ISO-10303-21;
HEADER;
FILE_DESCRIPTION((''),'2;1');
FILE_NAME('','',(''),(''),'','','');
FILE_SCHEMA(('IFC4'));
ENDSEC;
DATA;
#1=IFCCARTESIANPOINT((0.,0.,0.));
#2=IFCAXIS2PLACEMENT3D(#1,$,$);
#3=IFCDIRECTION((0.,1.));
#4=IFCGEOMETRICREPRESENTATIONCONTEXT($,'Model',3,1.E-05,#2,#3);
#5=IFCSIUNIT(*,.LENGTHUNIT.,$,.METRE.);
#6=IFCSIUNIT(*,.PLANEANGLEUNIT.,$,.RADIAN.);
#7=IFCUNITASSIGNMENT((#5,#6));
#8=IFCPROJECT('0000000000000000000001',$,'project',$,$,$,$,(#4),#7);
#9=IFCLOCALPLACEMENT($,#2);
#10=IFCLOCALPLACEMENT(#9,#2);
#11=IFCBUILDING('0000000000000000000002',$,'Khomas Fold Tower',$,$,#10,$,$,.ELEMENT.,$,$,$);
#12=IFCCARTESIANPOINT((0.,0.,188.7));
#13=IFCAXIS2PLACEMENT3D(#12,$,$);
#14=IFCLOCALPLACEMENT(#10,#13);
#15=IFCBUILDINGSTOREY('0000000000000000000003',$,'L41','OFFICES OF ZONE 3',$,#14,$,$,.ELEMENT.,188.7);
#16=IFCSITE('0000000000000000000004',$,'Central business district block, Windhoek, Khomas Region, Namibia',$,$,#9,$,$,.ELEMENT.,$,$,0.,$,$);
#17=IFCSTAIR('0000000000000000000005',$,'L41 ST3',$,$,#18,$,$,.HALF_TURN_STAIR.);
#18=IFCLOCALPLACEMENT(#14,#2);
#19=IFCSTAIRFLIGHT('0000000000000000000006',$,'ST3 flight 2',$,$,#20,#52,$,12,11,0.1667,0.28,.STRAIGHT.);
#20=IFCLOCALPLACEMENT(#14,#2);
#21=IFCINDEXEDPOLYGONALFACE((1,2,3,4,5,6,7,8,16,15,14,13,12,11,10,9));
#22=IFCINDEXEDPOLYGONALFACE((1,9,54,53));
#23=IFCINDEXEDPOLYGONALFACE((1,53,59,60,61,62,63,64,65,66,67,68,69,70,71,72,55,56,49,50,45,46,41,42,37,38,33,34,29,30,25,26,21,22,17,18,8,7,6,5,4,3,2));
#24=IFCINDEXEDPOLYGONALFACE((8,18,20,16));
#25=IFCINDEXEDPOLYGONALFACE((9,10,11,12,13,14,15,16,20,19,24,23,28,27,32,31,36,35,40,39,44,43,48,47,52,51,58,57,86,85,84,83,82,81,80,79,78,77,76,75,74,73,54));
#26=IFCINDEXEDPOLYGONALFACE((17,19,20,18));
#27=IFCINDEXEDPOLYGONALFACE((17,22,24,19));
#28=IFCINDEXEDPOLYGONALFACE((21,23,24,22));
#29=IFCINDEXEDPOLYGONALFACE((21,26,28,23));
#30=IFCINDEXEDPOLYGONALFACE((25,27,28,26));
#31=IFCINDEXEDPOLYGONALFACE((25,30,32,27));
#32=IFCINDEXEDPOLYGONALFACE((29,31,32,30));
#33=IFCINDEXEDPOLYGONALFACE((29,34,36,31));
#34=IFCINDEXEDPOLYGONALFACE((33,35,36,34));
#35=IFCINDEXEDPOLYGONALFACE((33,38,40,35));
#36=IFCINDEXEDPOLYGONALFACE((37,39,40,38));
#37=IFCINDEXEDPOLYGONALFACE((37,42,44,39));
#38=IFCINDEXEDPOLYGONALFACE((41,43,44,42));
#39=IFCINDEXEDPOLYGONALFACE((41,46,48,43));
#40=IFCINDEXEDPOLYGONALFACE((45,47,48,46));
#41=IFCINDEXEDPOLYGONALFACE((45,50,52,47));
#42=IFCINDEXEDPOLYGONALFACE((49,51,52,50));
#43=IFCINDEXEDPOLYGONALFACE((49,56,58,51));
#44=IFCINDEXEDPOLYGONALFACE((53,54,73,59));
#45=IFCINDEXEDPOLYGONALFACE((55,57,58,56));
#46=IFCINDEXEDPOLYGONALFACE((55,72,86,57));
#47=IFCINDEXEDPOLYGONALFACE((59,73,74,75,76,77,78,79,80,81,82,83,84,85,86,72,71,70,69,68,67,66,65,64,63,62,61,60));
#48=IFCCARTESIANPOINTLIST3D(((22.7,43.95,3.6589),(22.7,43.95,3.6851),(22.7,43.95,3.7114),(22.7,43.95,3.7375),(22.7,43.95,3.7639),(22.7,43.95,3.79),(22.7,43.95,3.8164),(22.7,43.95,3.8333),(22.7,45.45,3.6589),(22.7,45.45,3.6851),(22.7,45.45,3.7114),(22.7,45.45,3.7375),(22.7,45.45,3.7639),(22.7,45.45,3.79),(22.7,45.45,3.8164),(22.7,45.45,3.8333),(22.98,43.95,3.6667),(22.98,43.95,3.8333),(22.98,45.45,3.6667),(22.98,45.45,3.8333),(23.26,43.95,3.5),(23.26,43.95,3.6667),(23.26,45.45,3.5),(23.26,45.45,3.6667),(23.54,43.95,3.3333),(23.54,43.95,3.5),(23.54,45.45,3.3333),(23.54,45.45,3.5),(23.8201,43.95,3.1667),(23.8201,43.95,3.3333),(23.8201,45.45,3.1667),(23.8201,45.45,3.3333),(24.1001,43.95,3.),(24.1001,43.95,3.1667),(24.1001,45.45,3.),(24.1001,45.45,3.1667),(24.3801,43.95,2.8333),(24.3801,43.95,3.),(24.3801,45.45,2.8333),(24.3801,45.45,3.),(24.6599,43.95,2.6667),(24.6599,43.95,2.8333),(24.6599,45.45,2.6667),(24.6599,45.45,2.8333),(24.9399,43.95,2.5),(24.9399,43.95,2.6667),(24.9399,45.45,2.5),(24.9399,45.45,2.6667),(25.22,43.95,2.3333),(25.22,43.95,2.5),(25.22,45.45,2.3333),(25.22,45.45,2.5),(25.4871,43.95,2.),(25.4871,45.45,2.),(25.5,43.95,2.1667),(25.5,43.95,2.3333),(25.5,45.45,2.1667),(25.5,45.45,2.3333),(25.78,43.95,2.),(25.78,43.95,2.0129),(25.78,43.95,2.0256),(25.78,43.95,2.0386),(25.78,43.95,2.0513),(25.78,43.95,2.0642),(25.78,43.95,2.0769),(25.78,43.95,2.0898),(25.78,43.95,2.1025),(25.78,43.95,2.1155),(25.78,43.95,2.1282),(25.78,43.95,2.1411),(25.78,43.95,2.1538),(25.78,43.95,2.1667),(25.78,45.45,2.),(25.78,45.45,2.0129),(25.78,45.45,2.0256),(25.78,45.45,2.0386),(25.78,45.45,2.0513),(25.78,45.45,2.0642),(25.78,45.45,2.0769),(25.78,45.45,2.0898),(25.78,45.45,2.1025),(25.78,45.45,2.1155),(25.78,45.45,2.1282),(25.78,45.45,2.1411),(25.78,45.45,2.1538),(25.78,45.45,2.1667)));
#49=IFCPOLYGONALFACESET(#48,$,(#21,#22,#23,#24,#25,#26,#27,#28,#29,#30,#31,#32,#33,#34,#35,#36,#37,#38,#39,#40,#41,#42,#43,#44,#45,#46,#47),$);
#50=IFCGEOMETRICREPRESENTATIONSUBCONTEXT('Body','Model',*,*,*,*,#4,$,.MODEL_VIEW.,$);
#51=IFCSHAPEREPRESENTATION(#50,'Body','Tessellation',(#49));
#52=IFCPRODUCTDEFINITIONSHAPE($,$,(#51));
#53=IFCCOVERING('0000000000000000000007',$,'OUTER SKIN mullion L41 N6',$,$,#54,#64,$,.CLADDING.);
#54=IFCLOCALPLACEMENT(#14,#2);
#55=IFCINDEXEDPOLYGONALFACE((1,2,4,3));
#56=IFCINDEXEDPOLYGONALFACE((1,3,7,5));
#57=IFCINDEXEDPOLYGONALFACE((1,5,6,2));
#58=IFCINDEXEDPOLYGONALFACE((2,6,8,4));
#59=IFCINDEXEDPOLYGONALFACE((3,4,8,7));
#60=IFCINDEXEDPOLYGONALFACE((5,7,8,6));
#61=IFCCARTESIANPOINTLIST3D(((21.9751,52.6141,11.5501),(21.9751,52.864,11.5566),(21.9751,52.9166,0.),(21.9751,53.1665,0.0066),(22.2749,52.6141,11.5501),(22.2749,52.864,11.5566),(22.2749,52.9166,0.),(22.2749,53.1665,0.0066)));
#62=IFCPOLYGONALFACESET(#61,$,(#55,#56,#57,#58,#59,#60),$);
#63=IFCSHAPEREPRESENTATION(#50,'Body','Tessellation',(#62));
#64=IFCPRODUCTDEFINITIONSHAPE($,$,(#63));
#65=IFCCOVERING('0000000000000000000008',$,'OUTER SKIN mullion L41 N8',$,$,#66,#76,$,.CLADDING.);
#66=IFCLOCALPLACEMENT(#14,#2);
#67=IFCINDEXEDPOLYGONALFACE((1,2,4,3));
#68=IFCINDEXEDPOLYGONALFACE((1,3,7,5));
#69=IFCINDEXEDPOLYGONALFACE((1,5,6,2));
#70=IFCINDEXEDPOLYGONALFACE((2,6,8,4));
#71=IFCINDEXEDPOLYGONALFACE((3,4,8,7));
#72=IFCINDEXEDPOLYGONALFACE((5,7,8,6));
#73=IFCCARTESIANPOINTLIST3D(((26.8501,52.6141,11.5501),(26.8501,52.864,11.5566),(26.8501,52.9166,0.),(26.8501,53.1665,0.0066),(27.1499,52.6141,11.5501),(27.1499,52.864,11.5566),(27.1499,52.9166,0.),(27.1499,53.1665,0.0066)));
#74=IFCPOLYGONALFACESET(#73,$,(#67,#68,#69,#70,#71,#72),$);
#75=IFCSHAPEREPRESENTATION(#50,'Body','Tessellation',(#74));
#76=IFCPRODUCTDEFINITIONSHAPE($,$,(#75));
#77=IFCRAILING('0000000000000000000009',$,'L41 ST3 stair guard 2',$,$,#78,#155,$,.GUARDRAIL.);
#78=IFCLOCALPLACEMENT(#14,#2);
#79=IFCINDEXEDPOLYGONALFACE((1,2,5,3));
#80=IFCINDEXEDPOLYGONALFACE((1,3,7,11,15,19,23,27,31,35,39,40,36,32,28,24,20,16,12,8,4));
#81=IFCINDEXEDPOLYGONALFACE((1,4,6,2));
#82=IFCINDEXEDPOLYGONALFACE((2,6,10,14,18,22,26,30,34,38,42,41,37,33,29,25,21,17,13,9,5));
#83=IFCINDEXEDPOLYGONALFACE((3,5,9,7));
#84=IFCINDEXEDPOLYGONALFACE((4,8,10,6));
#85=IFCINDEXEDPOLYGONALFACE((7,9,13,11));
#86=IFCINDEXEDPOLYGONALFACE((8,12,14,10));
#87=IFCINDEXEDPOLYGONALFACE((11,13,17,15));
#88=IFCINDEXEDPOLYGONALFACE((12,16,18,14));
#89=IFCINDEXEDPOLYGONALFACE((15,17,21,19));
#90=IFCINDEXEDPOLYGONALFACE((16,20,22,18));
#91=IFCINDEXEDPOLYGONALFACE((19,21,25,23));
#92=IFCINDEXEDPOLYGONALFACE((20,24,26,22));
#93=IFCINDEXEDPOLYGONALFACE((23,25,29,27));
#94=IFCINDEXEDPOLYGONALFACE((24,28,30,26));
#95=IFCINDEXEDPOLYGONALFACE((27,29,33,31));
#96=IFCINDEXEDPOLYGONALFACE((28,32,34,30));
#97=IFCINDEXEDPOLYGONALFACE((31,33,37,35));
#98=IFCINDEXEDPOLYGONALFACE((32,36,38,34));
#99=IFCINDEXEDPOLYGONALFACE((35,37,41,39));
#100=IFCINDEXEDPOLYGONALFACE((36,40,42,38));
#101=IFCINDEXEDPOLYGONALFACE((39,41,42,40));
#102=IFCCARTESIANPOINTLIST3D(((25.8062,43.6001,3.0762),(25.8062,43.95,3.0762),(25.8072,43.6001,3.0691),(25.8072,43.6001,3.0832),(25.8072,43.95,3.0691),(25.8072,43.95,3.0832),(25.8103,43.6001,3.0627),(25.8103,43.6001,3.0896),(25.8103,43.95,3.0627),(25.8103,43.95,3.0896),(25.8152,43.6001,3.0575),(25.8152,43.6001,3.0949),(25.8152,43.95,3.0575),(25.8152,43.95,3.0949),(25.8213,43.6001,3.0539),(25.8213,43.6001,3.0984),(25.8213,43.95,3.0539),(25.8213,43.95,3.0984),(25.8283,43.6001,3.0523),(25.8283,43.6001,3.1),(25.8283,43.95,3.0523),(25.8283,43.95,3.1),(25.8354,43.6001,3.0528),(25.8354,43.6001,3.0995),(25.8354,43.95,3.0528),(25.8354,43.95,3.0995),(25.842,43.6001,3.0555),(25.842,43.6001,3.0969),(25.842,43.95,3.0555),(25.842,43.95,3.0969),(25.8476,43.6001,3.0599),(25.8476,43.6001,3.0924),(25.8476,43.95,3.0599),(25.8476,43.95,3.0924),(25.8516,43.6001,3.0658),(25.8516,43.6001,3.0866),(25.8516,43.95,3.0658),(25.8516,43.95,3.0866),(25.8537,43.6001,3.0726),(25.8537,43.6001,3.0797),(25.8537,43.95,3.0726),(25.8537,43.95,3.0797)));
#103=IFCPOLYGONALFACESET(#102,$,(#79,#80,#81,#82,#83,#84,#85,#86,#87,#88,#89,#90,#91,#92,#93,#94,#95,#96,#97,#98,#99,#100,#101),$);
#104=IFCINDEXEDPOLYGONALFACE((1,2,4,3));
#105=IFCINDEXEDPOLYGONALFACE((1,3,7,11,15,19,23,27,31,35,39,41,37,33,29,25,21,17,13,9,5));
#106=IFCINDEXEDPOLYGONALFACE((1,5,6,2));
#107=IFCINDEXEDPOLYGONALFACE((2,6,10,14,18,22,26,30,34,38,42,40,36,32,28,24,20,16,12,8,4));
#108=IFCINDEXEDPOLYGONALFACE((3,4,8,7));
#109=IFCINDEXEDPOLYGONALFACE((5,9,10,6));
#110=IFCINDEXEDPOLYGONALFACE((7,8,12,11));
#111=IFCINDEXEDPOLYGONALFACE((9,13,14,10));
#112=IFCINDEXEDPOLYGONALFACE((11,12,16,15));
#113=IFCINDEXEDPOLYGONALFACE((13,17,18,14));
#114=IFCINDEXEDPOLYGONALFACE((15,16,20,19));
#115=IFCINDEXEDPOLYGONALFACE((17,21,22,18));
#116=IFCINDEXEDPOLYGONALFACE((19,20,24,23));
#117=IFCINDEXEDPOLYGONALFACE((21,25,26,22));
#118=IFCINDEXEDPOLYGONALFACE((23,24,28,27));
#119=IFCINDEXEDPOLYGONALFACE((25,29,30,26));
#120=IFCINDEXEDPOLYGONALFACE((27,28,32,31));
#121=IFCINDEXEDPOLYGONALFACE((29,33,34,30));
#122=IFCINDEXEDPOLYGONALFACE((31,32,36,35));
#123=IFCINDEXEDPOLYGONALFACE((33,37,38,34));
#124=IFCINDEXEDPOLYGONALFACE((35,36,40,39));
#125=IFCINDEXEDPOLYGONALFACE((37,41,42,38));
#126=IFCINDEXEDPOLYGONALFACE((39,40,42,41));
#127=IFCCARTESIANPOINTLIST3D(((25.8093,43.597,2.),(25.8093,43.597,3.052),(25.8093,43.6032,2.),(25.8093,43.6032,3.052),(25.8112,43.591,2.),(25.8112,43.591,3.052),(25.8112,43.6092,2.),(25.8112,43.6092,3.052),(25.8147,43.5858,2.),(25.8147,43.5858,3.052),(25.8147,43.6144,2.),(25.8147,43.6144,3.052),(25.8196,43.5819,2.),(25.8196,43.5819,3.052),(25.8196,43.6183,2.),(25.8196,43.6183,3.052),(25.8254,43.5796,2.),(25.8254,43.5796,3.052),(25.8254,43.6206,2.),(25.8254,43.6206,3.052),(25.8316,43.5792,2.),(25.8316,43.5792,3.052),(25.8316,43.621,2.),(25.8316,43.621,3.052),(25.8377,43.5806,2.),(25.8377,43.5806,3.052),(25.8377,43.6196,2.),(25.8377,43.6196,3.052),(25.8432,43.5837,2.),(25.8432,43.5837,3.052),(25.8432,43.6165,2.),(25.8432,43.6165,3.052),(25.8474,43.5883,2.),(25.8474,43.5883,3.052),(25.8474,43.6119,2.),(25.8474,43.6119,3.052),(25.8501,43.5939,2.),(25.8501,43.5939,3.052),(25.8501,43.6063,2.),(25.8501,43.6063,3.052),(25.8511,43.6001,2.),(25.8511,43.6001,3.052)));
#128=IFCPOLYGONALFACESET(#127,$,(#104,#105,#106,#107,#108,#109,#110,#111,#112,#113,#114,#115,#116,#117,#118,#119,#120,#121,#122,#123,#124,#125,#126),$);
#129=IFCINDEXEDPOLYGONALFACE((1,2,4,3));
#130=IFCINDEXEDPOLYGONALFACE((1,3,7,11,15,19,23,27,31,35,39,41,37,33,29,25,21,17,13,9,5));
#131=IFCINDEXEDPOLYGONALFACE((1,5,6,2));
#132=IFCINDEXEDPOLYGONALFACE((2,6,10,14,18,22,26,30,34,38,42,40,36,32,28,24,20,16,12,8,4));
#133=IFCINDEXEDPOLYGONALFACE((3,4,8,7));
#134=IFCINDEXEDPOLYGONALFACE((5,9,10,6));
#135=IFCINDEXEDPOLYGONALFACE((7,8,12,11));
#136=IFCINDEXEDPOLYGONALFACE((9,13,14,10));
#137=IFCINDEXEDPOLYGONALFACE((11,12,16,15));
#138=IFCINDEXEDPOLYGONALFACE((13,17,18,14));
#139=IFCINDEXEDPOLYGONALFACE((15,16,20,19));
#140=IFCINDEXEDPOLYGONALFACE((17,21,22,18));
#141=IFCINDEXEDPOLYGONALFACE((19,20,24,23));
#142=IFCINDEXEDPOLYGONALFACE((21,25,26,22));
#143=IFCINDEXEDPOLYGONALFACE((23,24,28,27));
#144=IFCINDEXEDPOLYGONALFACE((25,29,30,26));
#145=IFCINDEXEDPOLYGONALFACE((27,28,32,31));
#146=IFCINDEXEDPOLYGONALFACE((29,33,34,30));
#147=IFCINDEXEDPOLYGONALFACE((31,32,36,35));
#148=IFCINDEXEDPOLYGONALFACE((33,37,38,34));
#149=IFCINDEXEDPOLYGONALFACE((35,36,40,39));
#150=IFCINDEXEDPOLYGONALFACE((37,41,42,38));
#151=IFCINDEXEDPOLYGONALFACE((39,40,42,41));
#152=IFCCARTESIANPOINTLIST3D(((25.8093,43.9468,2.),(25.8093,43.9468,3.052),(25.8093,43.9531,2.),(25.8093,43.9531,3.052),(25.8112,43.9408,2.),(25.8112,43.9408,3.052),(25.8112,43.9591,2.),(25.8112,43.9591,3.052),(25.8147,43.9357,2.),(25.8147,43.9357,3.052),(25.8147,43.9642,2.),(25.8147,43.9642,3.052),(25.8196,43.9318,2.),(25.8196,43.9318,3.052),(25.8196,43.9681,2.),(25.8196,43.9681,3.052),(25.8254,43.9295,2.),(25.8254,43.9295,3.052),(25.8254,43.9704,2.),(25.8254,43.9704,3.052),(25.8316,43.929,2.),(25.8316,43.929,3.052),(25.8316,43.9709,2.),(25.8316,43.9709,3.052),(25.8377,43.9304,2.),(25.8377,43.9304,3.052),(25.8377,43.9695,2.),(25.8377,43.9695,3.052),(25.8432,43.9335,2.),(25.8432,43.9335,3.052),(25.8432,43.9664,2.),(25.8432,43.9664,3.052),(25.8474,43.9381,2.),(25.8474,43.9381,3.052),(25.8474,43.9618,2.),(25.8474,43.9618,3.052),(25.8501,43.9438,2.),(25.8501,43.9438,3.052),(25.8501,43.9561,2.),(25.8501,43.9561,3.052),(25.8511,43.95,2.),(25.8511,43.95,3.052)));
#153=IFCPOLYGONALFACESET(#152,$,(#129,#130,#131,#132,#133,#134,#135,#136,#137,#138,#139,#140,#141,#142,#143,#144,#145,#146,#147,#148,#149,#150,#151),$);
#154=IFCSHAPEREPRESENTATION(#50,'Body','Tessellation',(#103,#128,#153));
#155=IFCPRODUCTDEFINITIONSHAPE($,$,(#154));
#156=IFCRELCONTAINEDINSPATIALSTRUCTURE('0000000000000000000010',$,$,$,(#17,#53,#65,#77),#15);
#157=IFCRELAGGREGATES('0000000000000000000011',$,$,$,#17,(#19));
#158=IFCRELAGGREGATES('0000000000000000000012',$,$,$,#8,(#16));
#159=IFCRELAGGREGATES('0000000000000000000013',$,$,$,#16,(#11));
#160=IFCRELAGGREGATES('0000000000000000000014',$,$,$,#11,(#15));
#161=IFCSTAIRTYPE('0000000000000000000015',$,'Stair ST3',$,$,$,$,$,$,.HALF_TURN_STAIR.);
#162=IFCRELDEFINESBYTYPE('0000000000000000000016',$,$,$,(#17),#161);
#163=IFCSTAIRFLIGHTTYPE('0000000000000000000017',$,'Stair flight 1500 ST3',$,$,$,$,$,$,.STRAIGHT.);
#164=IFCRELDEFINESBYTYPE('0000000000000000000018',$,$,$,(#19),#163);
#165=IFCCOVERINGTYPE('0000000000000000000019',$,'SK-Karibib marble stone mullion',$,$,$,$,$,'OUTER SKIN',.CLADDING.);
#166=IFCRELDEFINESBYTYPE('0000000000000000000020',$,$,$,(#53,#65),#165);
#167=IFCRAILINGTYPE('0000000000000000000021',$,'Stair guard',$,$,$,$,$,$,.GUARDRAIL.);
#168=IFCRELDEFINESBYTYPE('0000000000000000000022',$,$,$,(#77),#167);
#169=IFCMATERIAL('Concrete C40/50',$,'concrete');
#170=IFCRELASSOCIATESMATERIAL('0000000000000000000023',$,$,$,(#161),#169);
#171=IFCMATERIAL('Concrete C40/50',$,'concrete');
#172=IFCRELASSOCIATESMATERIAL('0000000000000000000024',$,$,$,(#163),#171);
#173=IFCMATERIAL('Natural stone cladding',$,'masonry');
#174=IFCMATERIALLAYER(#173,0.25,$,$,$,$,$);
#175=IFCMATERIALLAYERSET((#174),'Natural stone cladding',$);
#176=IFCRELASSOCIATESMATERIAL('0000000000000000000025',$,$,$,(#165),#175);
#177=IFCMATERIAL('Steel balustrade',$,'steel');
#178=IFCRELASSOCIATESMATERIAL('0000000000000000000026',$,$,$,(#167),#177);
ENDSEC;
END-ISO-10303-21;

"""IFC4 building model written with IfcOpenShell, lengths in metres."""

from ifc_helpers import new_model, si_unit, direction, frame, origin, origin_2d, place, context, subcontext, project, spatial, polyline, circle, outline, extrude, source, transform, mapped, material, layer, layer_set, type_object, element, aggregate, save


model = new_model("IFC4")

# Units and contexts
model_context = context("Model", 3, precision=1e-05, world=origin(), true_north=direction((0.0, 1.0)))
body_context = subcontext(model_context, "Body", "Model", "MODEL_VIEW")
ifc_project = project(units=[si_unit("LENGTHUNIT", "METRE"), si_unit("PLANEANGLEUNIT", "RADIAN")], contexts=[model_context])

# Site, building, storey
site_placement = place(None, origin())
site = spatial("IfcSite", under=ifc_project, at=site_placement, Name="Central business district block, Windhoek, Khomas Region, Namibia", CompositionType="ELEMENT", RefElevation=0.0)
building_placement = place(site_placement, origin())
building = spatial("IfcBuilding", under=site, at=building_placement, Name="Khomas Fold Tower", CompositionType="ELEMENT")
storey_placement = place(building_placement, frame((0.0, 0.0, 188.7)))
storey = spatial("IfcBuildingStorey", under=building, at=storey_placement, Name="L41", Description="OFFICES OF ZONE 3", CompositionType="ELEMENT", Elevation=188.7)

# Stair, stair flight
ifc_material_1 = material(Name="Concrete C40/50", Category="concrete")
stair_type = type_object("IfcStairType", Name="Stair ST3", PredefinedType="HALF_TURN_STAIR", material=ifc_material_1)
stair_placement = place(storey_placement, origin())
stair = element("IfcStair", 1, at=stair_placement, inside=storey, type_object=stair_type, Name="L41 ST3", PredefinedType="HALF_TURN_STAIR")
ifc_material_2 = material(Name="Concrete C40/50", Category="concrete")
stair_flight_type = type_object("IfcStairFlightType", Name="Stair flight 1500 ST3", PredefinedType="STRAIGHT", material=ifc_material_2)
shared_shape_1 = source(origin(), body_context, "Body", "SweptSolid", [
    extrude(outline(polyline([(0.0, 0.0), (0.0, 0.0129), (0.0, 0.0256), (0.0, 0.0386), (0.0, 0.0513), (0.0, 0.0642), (0.0, 0.0769), (0.0, 0.0898), (0.0, 0.1025), (0.0, 0.1155), (0.0, 0.1282), (0.0, 0.1411), (0.0, 0.1538), (0.0, 0.1667), (0.28, 0.1667), (0.28, 0.3333), (0.5601, 0.3333), (0.5601, 0.5), (0.8401, 0.5), (0.8401, 0.6667), (1.1201, 0.6667), (1.1201, 0.8333), (1.3999, 0.8333), (1.3999, 1.0), (1.6799, 1.0), (1.6799, 1.1667), (1.96, 1.1667), (1.96, 1.3333), (2.24, 1.3333), (2.24, 1.5), (2.52, 1.5), (2.52, 1.6667), (2.8, 1.6667), (2.8, 1.8333), (3.0801, 1.8333), (3.0801, 2.0), (3.0801, 1.9739), (3.0801, 1.9475), (3.0801, 1.9214), (3.0801, 1.895), (3.0801, 1.8689), (3.0801, 1.8425), (3.0801, 1.8164), (3.0801, 1.79), (3.0801, 1.7639), (3.0801, 1.7375), (3.0801, 1.7114), (3.0801, 1.6851), (3.0801, 1.6589), (0.293, 0.0), (0.0, 0.0)])), frame((0.0, 0.75, 0.0), z_axis=(0.0, -1.0, 0.0), x_axis=(1.0, 0.0, 0.0)), (0.0, 0.0, 1.0), 1.5),
])
stair_flight_1_placement = place(storey_placement, frame((25.78, 44.7, 2.0), z_axis=(0.0, 0.0, 1.0), x_axis=(-1.0, 0.0, 0.0)))
stair_flight_1 = element("IfcStairFlight", 2, at=stair_flight_1_placement, type_object=stair_flight_type, Name="ST3 flight 2", NumberOfRisers=12, NumberOfTreads=11, PredefinedType="STRAIGHT", RiserHeight=0.1667, TreadLength=0.28, context=body_context, shape_type="MappedRepresentation", body=[
    mapped(shared_shape_1, transform((0.0, 0.0, 0.0))),
])
aggregate(stair, [stair_flight_1])

# Coverings
ifc_material_3 = material(Name="Natural stone cladding", Category="masonry")
ifc_layer_1 = layer(ifc_material_3, 0.25)
ifc_layer_set_1 = layer_set([ifc_layer_1], Name="Natural stone cladding")
covering_type = type_object("IfcCoveringType", Name="SK-Karibib marble stone mullion", ElementType="OUTER SKIN", PredefinedType="CLADDING", material=ifc_layer_set_1)
for number, where, z_axis, x_axis, name in (
    (3, (21.9751, 53.1665, 0.0066), (0.0, 0.999657, 0.026181), (1.0, 0.0, 0.0), "OUTER SKIN mullion L41 N6"),
    (4, (26.8501, 53.1665, 0.0066), (0.0, 0.999657, 0.026181), (1.0, 0.0, 0.0), "OUTER SKIN mullion L41 N8"),
):
    element("IfcCovering", number, at=place(storey_placement, frame(where, z_axis=z_axis, x_axis=x_axis)), inside=storey, type_object=covering_type, Name=name, PredefinedType="CLADDING", context=body_context, shape_type="SweptSolid", body=[
        extrude(outline(polyline([(0.0, 0.0), (0.2998, 0.0), (0.2998, -11.554), (0.0, -11.554), (0.0, 0.0)])), origin(), (0.0, 0.0, -1.0), 0.25),
    ])

# Railing
ifc_material_4 = material(Name="Steel balustrade", Category="steel")
railing_type_1 = type_object("IfcRailingType", Name="Stair guard", PredefinedType="GUARDRAIL", material=ifc_material_4)
shared_shape_2 = source(origin(), body_context, "Body", "SweptSolid", [
    extrude(circle(Radius=0.0239, at=origin_2d()), frame((0.0, 0.0, 1.0762), z_axis=(0.0, 1.0, 0.0), x_axis=(-1.0, 0.0, 0.0)), (0.0, 0.0, 1.0), 0.3499),
    extrude(circle(Radius=0.021, at=origin_2d()), origin(), (0.0, 0.0, 1.0), 1.052),
    extrude(circle(Radius=0.021, at=origin_2d()), frame((0.0, 0.3499, 0.0)), (0.0, 0.0, 1.0), 1.052),
])
for number, where, name in (
    (5, (25.8301, 43.6001, 2.0), "L41 ST3 stair guard 2"),
):
    element("IfcRailing", number, at=place(storey_placement, frame(where)), inside=storey, type_object=railing_type_1, Name=name, PredefinedType="GUARDRAIL", context=body_context, shape_type="MappedRepresentation", body=[
        mapped(shared_shape_2, transform((0.0, 0.0, 0.0))),
    ])

save(model, "model.ifc")
